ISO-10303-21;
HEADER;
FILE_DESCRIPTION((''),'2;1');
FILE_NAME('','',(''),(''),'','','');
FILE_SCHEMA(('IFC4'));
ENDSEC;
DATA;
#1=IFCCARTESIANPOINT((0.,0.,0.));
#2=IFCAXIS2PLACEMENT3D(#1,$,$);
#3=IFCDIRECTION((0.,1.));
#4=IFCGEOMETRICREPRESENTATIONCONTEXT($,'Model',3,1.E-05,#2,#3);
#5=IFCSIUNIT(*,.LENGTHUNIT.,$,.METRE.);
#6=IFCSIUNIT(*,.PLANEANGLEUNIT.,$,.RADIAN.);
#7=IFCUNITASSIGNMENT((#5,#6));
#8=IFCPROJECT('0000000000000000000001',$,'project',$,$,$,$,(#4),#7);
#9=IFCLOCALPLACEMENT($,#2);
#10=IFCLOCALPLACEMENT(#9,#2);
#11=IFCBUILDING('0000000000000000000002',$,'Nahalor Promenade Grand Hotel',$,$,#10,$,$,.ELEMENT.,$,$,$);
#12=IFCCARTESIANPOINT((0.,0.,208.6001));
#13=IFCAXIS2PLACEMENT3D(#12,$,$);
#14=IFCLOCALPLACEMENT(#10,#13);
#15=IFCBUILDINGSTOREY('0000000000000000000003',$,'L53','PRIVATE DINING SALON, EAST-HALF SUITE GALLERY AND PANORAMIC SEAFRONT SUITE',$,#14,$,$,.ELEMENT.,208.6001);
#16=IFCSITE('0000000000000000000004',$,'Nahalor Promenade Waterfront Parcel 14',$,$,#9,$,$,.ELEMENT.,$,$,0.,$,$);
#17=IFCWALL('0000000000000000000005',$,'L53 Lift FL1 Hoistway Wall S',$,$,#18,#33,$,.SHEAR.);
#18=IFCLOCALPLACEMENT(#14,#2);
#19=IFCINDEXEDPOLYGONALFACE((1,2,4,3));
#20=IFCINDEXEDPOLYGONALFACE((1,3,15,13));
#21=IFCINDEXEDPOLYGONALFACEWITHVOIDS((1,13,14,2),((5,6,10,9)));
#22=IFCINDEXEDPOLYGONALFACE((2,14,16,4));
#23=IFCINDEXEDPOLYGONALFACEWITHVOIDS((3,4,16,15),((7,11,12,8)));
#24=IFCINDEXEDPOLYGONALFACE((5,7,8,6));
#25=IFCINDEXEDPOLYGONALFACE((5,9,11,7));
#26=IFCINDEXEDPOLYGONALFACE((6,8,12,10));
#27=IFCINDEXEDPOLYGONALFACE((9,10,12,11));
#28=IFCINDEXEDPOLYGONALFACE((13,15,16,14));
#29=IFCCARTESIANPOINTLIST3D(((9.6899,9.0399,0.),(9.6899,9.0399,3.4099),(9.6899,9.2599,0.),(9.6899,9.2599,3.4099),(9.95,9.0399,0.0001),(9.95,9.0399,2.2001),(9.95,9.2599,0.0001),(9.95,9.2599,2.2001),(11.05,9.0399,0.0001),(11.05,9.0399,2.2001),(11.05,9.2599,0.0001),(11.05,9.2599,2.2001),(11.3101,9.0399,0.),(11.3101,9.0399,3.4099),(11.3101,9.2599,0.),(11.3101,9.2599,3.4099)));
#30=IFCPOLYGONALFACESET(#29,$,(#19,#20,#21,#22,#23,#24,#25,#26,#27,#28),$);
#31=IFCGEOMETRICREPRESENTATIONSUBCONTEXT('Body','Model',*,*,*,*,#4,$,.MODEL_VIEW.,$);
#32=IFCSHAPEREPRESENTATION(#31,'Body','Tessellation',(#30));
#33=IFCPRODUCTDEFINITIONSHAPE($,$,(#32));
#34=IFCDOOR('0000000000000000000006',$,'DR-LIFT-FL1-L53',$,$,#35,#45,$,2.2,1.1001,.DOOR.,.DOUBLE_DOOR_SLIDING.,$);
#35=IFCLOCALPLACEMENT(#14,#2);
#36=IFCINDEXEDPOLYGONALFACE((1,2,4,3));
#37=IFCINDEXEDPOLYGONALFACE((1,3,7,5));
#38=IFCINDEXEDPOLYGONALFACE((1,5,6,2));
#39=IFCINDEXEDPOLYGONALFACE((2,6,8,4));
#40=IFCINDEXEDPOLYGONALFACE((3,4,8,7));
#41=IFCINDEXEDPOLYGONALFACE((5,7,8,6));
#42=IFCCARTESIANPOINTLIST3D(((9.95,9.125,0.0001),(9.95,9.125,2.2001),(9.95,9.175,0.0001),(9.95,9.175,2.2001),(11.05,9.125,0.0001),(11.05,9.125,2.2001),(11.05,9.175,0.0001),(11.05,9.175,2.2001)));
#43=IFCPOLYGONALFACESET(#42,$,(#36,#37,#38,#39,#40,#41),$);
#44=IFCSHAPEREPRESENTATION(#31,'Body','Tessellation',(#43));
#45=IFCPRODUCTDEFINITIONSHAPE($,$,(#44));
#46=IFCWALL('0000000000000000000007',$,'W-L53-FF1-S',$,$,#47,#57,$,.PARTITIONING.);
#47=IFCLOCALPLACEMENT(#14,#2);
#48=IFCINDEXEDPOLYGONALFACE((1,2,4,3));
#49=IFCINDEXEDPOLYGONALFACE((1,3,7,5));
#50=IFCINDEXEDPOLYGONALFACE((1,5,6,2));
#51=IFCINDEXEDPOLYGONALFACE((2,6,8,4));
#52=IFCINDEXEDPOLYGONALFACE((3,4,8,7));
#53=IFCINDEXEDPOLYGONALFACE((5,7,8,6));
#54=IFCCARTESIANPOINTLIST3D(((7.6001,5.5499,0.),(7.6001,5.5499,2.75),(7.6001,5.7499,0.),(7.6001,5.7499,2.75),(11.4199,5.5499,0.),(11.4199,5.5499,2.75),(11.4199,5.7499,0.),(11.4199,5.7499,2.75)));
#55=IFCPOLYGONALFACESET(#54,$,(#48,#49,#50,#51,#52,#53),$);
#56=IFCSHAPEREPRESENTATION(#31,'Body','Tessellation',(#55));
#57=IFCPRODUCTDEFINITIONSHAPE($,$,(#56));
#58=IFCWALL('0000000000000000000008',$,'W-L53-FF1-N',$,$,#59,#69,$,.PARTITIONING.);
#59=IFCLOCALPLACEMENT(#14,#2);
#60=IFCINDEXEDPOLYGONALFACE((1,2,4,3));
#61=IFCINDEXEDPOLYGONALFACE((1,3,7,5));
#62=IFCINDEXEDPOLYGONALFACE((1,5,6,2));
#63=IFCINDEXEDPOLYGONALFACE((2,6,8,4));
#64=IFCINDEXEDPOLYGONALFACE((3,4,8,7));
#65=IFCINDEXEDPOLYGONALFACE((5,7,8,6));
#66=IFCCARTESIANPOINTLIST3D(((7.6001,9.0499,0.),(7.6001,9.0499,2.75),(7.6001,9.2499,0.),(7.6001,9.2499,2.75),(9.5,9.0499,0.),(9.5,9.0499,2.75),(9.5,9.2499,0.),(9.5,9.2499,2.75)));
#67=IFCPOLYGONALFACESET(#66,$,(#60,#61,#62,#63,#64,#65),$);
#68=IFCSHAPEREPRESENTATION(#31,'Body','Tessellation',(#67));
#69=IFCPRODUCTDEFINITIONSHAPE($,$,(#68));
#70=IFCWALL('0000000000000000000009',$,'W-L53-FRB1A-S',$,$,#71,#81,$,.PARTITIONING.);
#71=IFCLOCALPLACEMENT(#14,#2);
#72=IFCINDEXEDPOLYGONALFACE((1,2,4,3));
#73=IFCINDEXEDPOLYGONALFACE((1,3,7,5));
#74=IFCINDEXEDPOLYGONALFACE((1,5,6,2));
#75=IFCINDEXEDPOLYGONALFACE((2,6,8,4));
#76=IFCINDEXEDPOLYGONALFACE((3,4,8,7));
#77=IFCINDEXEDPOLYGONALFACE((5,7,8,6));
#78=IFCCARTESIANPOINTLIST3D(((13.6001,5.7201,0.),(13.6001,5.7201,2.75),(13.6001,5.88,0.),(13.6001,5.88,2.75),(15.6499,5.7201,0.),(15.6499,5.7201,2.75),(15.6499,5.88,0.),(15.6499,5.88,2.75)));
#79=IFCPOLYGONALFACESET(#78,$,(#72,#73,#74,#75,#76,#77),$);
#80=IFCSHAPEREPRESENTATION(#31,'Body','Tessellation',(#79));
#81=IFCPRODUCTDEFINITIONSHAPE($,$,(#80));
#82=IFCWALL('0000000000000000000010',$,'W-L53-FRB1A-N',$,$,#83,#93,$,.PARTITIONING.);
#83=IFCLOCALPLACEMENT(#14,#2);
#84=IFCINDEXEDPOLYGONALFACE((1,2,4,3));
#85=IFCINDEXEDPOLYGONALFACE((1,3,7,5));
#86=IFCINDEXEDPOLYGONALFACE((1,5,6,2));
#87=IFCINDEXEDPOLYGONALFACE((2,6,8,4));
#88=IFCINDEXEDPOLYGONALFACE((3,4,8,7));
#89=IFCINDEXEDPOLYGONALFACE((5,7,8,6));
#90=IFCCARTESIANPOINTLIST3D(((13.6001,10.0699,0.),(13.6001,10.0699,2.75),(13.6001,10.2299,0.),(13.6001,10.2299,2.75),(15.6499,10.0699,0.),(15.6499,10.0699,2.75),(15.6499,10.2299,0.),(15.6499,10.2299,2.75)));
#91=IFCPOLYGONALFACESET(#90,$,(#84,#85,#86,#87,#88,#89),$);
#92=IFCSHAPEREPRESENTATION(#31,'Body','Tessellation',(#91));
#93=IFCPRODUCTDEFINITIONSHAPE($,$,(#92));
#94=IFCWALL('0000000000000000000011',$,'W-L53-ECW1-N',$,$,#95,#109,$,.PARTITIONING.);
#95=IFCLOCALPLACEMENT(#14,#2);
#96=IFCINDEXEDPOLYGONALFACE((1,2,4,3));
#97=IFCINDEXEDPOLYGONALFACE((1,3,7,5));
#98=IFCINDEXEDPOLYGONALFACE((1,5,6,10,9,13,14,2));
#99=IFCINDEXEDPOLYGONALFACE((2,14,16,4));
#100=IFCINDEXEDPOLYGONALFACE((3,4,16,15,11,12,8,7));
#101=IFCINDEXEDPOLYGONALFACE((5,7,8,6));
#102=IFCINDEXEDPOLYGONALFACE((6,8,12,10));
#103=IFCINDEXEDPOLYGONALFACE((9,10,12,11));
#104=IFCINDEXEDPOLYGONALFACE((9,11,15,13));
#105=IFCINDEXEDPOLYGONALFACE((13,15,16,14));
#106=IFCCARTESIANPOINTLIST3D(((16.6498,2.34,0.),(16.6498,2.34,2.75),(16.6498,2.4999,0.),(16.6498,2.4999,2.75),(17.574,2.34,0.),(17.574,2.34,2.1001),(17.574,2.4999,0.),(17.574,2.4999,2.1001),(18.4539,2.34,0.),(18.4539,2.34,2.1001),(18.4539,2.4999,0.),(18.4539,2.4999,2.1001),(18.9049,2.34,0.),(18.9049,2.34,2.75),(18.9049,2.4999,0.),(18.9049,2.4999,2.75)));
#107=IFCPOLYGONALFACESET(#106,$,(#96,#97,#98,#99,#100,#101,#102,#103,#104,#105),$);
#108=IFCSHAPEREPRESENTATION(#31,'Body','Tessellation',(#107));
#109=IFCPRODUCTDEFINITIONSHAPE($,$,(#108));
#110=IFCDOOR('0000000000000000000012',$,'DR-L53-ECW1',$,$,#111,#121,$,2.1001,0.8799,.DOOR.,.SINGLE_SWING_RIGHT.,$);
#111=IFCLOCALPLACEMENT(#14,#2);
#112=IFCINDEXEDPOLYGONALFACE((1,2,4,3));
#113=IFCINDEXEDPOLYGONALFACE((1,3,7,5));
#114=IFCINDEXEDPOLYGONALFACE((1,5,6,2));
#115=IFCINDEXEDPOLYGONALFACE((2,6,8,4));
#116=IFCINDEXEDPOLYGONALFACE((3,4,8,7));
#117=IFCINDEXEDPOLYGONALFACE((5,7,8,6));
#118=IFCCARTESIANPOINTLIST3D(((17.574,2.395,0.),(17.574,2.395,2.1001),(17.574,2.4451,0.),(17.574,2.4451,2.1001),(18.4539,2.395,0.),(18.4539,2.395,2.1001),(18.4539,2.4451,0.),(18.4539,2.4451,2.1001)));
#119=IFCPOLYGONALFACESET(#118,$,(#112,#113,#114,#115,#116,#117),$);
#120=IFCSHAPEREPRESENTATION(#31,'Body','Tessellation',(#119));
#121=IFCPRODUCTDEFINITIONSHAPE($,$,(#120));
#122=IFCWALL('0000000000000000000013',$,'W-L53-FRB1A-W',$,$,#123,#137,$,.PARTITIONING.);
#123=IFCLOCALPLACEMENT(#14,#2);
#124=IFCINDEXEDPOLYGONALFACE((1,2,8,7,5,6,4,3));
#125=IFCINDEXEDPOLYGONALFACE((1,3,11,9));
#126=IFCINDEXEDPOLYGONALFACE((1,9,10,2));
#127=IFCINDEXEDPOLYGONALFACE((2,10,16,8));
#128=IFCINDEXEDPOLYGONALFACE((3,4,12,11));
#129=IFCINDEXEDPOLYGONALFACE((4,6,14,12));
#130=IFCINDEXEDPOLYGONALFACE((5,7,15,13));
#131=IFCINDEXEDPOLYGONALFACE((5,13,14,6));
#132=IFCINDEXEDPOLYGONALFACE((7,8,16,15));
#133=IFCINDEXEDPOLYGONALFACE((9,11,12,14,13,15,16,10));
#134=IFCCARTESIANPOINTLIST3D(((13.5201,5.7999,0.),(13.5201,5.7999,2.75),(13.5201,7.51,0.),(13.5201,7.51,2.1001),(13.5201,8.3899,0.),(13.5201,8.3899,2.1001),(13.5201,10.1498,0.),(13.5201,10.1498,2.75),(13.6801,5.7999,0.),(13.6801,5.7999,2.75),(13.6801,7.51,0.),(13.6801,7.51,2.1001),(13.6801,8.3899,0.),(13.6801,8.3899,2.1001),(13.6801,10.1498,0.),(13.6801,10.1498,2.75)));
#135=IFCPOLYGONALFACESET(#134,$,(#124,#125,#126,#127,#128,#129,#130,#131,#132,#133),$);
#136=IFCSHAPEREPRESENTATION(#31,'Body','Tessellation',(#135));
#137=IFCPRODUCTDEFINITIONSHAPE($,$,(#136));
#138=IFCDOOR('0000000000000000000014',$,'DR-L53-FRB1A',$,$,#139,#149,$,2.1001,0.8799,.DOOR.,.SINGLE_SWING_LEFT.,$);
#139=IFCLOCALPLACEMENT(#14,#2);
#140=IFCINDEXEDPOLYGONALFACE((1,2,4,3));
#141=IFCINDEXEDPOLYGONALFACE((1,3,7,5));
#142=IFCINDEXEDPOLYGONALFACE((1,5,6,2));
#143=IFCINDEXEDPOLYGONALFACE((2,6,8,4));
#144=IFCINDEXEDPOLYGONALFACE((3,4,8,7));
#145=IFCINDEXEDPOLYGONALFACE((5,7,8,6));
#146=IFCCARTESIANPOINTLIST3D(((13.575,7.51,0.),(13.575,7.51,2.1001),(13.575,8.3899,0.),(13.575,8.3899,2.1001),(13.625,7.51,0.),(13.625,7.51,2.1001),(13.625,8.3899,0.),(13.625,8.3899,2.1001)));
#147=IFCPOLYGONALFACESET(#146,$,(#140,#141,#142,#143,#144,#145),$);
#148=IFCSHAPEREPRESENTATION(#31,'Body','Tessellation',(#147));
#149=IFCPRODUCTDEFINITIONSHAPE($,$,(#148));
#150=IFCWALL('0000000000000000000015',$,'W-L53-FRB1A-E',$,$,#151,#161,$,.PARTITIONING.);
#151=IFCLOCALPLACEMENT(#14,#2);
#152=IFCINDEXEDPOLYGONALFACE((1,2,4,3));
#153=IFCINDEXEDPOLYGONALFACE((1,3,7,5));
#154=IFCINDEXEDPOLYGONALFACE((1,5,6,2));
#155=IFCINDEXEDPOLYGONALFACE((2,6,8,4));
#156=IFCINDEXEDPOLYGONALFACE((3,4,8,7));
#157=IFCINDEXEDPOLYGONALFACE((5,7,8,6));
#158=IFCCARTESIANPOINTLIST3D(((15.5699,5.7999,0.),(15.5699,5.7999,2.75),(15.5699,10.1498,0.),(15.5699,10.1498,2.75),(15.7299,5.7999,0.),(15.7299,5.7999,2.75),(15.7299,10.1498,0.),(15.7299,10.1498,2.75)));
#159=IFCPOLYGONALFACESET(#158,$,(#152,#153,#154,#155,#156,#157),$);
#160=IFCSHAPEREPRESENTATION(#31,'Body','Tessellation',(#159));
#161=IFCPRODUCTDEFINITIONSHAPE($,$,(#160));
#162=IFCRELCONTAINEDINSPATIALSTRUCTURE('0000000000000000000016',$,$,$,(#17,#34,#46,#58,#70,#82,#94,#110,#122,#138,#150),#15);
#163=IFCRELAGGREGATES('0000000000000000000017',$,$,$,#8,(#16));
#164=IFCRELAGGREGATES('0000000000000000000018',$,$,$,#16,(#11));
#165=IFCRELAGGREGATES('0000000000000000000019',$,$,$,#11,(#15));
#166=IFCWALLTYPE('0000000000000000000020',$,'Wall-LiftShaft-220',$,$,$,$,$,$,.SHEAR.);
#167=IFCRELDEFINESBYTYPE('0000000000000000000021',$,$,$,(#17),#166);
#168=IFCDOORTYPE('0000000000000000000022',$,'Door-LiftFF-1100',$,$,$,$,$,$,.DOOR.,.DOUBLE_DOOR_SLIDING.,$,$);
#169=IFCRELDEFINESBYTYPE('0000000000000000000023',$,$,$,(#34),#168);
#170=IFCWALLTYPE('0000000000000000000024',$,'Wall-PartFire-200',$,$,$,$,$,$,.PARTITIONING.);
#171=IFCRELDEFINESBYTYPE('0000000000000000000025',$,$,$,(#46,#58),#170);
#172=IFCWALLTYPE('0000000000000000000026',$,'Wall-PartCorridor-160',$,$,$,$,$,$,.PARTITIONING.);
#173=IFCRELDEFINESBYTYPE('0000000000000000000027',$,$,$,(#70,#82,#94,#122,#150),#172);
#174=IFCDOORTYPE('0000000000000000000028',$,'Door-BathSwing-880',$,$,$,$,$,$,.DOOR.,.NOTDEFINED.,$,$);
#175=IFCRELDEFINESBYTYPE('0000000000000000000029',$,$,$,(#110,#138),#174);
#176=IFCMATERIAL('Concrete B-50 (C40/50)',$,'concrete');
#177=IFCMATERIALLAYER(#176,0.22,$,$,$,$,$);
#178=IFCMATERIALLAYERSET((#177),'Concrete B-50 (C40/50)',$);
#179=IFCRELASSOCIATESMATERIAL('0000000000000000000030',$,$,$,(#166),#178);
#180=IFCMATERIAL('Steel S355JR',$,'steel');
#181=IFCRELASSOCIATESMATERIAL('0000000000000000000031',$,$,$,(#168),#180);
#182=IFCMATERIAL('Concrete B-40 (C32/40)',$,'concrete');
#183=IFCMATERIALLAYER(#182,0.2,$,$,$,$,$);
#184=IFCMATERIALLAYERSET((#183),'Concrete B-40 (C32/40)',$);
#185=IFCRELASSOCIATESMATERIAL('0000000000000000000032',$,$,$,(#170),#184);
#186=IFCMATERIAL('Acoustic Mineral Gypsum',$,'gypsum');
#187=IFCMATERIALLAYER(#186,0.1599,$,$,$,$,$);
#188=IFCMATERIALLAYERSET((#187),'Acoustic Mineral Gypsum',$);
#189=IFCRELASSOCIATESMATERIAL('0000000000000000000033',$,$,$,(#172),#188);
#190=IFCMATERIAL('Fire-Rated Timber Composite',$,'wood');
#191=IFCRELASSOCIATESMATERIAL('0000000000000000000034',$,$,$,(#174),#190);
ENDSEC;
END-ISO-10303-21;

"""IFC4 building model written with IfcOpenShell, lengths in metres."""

from ifc_helpers import new_model, si_unit, direction, frame, frame_2d, origin, place, context, subcontext, project, spatial, rectangle, extrude, source, transform, mapped, material, layer, layer_set, type_object, element, fill, save


model = new_model("IFC4")

# Units and contexts
model_context = context("Model", 3, precision=1e-05, world=origin(), true_north=direction((0.0, 1.0)))
body_context = subcontext(model_context, "Body", "Model", "MODEL_VIEW")
ifc_project = project(units=[si_unit("LENGTHUNIT", "METRE"), si_unit("PLANEANGLEUNIT", "RADIAN")], contexts=[model_context])

# Site, building, storey
site_placement = place(None, origin())
site = spatial("IfcSite", under=ifc_project, at=site_placement, Name="Nahalor Promenade Waterfront Parcel 14", CompositionType="ELEMENT", RefElevation=0.0)
building_placement = place(site_placement, origin())
building = spatial("IfcBuilding", under=site, at=building_placement, Name="Nahalor Promenade Grand Hotel", CompositionType="ELEMENT")
storey_placement = place(building_placement, frame((0.0, 0.0, 208.6001)))
storey = spatial("IfcBuildingStorey", under=building, at=storey_placement, Name="L53", Description="PRIVATE DINING SALON, EAST-HALF SUITE GALLERY AND PANORAMIC SEAFRONT SUITE", CompositionType="ELEMENT", Elevation=208.6001)

# Shared definitions
ifc_material_1 = material(Name="Steel S355JR", Category="steel")

# Shared definitions
ifc_material_2 = material(Name="Concrete B-50 (C40/50)", Category="concrete")

# Shared definitions
ifc_layer_1 = layer(ifc_material_2, 0.22)
ifc_layer_set_1 = layer_set([ifc_layer_1], Name="Concrete B-50 (C40/50)")
wall_type_1 = type_object("IfcWallType", Name="Wall-LiftShaft-220", PredefinedType="SHEAR", material=ifc_layer_set_1)

# Wall, opening, door
shared_shape_1 = source(origin(), body_context, "Body", "SweptSolid", [
    extrude(rectangle(XDim=1.6201, YDim=0.22, at=frame_2d((0.8101, 0.0))), origin(), (0.0, 0.0, 1.0), 3.4099),
])
wall_1_placement = place(storey_placement, frame((9.6899, 9.1499, 0.0), z_axis=(0.0, 0.0, 1.0), x_axis=(1.0, 0.0, 0.0)))
wall_1 = element("IfcWall", 1, at=wall_1_placement, inside=storey, type_object=wall_type_1, Name="L53 Lift FL1 Hoistway Wall S", PredefinedType="SHEAR", context=body_context, shape_type="MappedRepresentation", body=[
    mapped(shared_shape_1, transform((0.0, 0.0, 0.0), scale=1.0)),
])
opening_1_placement = place(wall_1_placement, frame((0.26, 0.0, 0.0)))
opening_1 = element("IfcOpeningElement", 2, at=opening_1_placement, cuts=wall_1, PredefinedType="OPENING", context=body_context, shape_type="SweptSolid", body=[
    extrude(rectangle(XDim=1.1001, YDim=2.2, at=frame_2d((0.55, 1.1001))), frame((0.0, 0.1199, 0.0), z_axis=(0.0, -1.0, 0.0), x_axis=(1.0, 0.0, 0.0)), (0.0, 0.0, 1.0), 0.24),
])
door_type_1 = type_object("IfcDoorType", Name="Door-LiftFF-1100", OperationType="DOUBLE_DOOR_SLIDING", PredefinedType="DOOR", material=ifc_material_1)
shared_shape_2 = source(origin(), body_context, "Body", "SweptSolid", [
    extrude(rectangle(XDim=1.1001, YDim=2.2, at=frame_2d((0.55, 1.1001))), frame((0.0, 0.0249, 0.0), z_axis=(0.0, -1.0, 0.0), x_axis=(1.0, 0.0, 0.0)), (0.0, 0.0, 1.0), 0.05),
])
door_1_placement = place(opening_1_placement, frame((1.1001, 0.0, 0.0), z_axis=(0.0, 0.0, 1.0), x_axis=(-1.0, 0.0, 0.0)))
door_1 = element("IfcDoor", 3, at=door_1_placement, inside=storey, type_object=door_type_1, Name="DR-LIFT-FL1-L53", OperationType="DOUBLE_DOOR_SLIDING", OverallHeight=2.2, OverallWidth=1.1001, PredefinedType="DOOR", context=body_context, shape_type="MappedRepresentation", body=[
    mapped(shared_shape_2, transform((0.0, 0.0, 0.0), scale=1.0)),
])
fill(opening_1, door_1)

# Walls
ifc_material_3 = material(Name="Concrete B-40 (C32/40)", Category="concrete")
ifc_layer_2 = layer(ifc_material_3, 0.2)
ifc_layer_set_2 = layer_set([ifc_layer_2], Name="Concrete B-40 (C32/40)")
wall_type_2 = type_object("IfcWallType", Name="Wall-PartFire-200", PredefinedType="PARTITIONING", material=ifc_layer_set_2)
shared_shape_3 = source(origin(), body_context, "Body", "SweptSolid", [
    extrude(rectangle(XDim=3.8198, YDim=0.2, at=frame_2d((1.9099, 0.0))), origin(), (0.0, 0.0, 1.0), 2.75),
])
wall_2_placement = place(storey_placement, frame((7.6001, 5.6499, 0.0), z_axis=(0.0, 0.0, 1.0), x_axis=(1.0, 0.0, 0.0)))
element("IfcWall", 4, at=wall_2_placement, inside=storey, type_object=wall_type_2, Name="W-L53-FF1-S", PredefinedType="PARTITIONING", context=body_context, shape_type="MappedRepresentation", body=[
    mapped(shared_shape_3, transform((0.0, 0.0, 0.0), scale=1.0)),
])
shared_shape_4 = source(origin(), body_context, "Body", "SweptSolid", [
    extrude(rectangle(XDim=1.8999, YDim=0.2, at=frame_2d((0.95, 0.0))), origin(), (0.0, 0.0, 1.0), 2.75),
])
wall_3_placement = place(storey_placement, frame((7.6001, 9.1499, 0.0), z_axis=(0.0, 0.0, 1.0), x_axis=(1.0, 0.0, 0.0)))
element("IfcWall", 5, at=wall_3_placement, inside=storey, type_object=wall_type_2, Name="W-L53-FF1-N", PredefinedType="PARTITIONING", context=body_context, shape_type="MappedRepresentation", body=[
    mapped(shared_shape_4, transform((0.0, 0.0, 0.0), scale=1.0)),
])

# Walls
ifc_material_4 = material(Name="Acoustic Mineral Gypsum", Category="gypsum")
ifc_layer_3 = layer(ifc_material_4, 0.1599)
ifc_layer_set_3 = layer_set([ifc_layer_3], Name="Acoustic Mineral Gypsum")
wall_type_3 = type_object("IfcWallType", Name="Wall-PartCorridor-160", PredefinedType="PARTITIONING", material=ifc_layer_set_3)
shared_shape_5 = source(origin(), body_context, "Body", "SweptSolid", [
    extrude(rectangle(XDim=2.0498, YDim=0.1599, at=frame_2d((1.0249, 0.0))), origin(), (0.0, 0.0, 1.0), 2.75),
])
for number, where, z_axis, x_axis, name in (
    (6, (13.6001, 5.8, 0.0), (0.0, 0.0, 1.0), (1.0, 0.0, 0.0), "W-L53-FRB1A-S"),
    (7, (13.6001, 10.1499, 0.0), (0.0, 0.0, 1.0), (1.0, 0.0, 0.0), "W-L53-FRB1A-N"),
):
    element("IfcWall", number, at=place(storey_placement, frame(where, z_axis=z_axis, x_axis=x_axis)), inside=storey, type_object=wall_type_3, Name=name, PredefinedType="PARTITIONING", context=body_context, shape_type="MappedRepresentation", body=[
        mapped(shared_shape_5, transform((0.0, 0.0, 0.0), scale=1.0)),
    ])

# Walls, openings, doors
shared_shape_6 = source(origin(), body_context, "Body", "SweptSolid", [
    extrude(rectangle(XDim=2.2551, YDim=0.1599, at=frame_2d((1.1274, 0.0))), origin(), (0.0, 0.0, 1.0), 2.75),
])
wall_4_placement = place(storey_placement, frame((16.6499, 2.4199, 0.0), z_axis=(0.0, 0.0, 1.0), x_axis=(1.0, 0.0, 0.0)))
wall_4 = element("IfcWall", 8, at=wall_4_placement, inside=storey, type_object=wall_type_3, Name="W-L53-ECW1-N", PredefinedType="PARTITIONING", context=body_context, shape_type="MappedRepresentation", body=[
    mapped(shared_shape_6, transform((0.0, 0.0, 0.0), scale=1.0)),
])
opening_2_placement = place(wall_4_placement, frame((0.9241, 0.0, 0.0)))
opening_2 = element("IfcOpeningElement", 9, at=opening_2_placement, cuts=wall_4, PredefinedType="OPENING", context=body_context, shape_type="SweptSolid", body=[
    extrude(rectangle(XDim=0.8799, YDim=2.1001, at=frame_2d((0.4399, 1.05))), frame((0.0, 0.0898, 0.0), z_axis=(0.0, -1.0, 0.0), x_axis=(1.0, 0.0, 0.0)), (0.0, 0.0, 1.0), 0.1799),
])
ifc_material_5 = material(Name="Fire-Rated Timber Composite", Category="wood")
door_type_2 = type_object("IfcDoorType", Name="Door-BathSwing-880", OperationType="NOTDEFINED", PredefinedType="DOOR", material=ifc_material_5)
shared_shape_7 = source(origin(), body_context, "Body", "SweptSolid", [
    extrude(rectangle(XDim=0.8799, YDim=2.1001, at=frame_2d((0.4399, 1.05))), frame((0.0, 0.0249, 0.0), z_axis=(0.0, -1.0, 0.0), x_axis=(1.0, 0.0, 0.0)), (0.0, 0.0, 1.0), 0.05),
])
door_2_placement = place(opening_2_placement, frame((0.8799, 0.0, 0.0), z_axis=(0.0, 0.0, 1.0), x_axis=(-1.0, 0.0, 0.0)))
door_2 = element("IfcDoor", 10, at=door_2_placement, inside=storey, type_object=door_type_2, Name="DR-L53-ECW1", OperationType="SINGLE_SWING_RIGHT", OverallHeight=2.1001, OverallWidth=0.8799, PredefinedType="DOOR", context=body_context, shape_type="MappedRepresentation", body=[
    mapped(shared_shape_7, transform((0.0, 0.0, 0.0), scale=1.0)),
])
fill(opening_2, door_2)
shared_shape_8 = source(origin(), body_context, "Body", "SweptSolid", [
    extrude(rectangle(XDim=4.3499, YDim=0.1599, at=frame_2d((2.1748, 0.0))), origin(), (0.0, 0.0, 1.0), 2.75),
])
wall_5_placement = place(storey_placement, frame((13.6001, 5.8, 0.0), z_axis=(0.0, 0.0, 1.0), x_axis=(0.0, 1.0, 0.0)))
wall_5 = element("IfcWall", 11, at=wall_5_placement, inside=storey, type_object=wall_type_3, Name="W-L53-FRB1A-W", PredefinedType="PARTITIONING", context=body_context, shape_type="MappedRepresentation", body=[
    mapped(shared_shape_8, transform((0.0, 0.0, 0.0), scale=1.0)),
])
opening_3_placement = place(wall_5_placement, frame((1.71, 0.0, 0.0)))
opening_3 = element("IfcOpeningElement", 12, at=opening_3_placement, cuts=wall_5, PredefinedType="OPENING", context=body_context, shape_type="SweptSolid", body=[
    extrude(rectangle(XDim=0.8799, YDim=2.1001, at=frame_2d((0.4399, 1.05))), frame((0.0, 0.0898, 0.0), z_axis=(0.0, -1.0, 0.0), x_axis=(1.0, 0.0, 0.0)), (0.0, 0.0, 1.0), 0.1799),
])
door_3_placement = place(opening_3_placement, frame((0.8799, 0.0, 0.0), z_axis=(0.0, 0.0, 1.0), x_axis=(-1.0, 0.0, 0.0)))
door_3 = element("IfcDoor", 13, at=door_3_placement, inside=storey, type_object=door_type_2, Name="DR-L53-FRB1A", OperationType="SINGLE_SWING_LEFT", OverallHeight=2.1001, OverallWidth=0.8799, PredefinedType="DOOR", context=body_context, shape_type="MappedRepresentation", body=[
    mapped(shared_shape_7, transform((0.0, 0.0, 0.0), scale=1.0)),
])
fill(opening_3, door_3)

# Wall
wall_6_placement = place(storey_placement, frame((15.6499, 5.8, 0.0), z_axis=(0.0, 0.0, 1.0), x_axis=(0.0, 1.0, 0.0)))
element("IfcWall", 14, at=wall_6_placement, inside=storey, type_object=wall_type_3, Name="W-L53-FRB1A-E", PredefinedType="PARTITIONING", context=body_context, shape_type="MappedRepresentation", body=[
    mapped(shared_shape_8, transform((0.0, 0.0, 0.0), scale=1.0)),
])

save(model, "model.ifc")
